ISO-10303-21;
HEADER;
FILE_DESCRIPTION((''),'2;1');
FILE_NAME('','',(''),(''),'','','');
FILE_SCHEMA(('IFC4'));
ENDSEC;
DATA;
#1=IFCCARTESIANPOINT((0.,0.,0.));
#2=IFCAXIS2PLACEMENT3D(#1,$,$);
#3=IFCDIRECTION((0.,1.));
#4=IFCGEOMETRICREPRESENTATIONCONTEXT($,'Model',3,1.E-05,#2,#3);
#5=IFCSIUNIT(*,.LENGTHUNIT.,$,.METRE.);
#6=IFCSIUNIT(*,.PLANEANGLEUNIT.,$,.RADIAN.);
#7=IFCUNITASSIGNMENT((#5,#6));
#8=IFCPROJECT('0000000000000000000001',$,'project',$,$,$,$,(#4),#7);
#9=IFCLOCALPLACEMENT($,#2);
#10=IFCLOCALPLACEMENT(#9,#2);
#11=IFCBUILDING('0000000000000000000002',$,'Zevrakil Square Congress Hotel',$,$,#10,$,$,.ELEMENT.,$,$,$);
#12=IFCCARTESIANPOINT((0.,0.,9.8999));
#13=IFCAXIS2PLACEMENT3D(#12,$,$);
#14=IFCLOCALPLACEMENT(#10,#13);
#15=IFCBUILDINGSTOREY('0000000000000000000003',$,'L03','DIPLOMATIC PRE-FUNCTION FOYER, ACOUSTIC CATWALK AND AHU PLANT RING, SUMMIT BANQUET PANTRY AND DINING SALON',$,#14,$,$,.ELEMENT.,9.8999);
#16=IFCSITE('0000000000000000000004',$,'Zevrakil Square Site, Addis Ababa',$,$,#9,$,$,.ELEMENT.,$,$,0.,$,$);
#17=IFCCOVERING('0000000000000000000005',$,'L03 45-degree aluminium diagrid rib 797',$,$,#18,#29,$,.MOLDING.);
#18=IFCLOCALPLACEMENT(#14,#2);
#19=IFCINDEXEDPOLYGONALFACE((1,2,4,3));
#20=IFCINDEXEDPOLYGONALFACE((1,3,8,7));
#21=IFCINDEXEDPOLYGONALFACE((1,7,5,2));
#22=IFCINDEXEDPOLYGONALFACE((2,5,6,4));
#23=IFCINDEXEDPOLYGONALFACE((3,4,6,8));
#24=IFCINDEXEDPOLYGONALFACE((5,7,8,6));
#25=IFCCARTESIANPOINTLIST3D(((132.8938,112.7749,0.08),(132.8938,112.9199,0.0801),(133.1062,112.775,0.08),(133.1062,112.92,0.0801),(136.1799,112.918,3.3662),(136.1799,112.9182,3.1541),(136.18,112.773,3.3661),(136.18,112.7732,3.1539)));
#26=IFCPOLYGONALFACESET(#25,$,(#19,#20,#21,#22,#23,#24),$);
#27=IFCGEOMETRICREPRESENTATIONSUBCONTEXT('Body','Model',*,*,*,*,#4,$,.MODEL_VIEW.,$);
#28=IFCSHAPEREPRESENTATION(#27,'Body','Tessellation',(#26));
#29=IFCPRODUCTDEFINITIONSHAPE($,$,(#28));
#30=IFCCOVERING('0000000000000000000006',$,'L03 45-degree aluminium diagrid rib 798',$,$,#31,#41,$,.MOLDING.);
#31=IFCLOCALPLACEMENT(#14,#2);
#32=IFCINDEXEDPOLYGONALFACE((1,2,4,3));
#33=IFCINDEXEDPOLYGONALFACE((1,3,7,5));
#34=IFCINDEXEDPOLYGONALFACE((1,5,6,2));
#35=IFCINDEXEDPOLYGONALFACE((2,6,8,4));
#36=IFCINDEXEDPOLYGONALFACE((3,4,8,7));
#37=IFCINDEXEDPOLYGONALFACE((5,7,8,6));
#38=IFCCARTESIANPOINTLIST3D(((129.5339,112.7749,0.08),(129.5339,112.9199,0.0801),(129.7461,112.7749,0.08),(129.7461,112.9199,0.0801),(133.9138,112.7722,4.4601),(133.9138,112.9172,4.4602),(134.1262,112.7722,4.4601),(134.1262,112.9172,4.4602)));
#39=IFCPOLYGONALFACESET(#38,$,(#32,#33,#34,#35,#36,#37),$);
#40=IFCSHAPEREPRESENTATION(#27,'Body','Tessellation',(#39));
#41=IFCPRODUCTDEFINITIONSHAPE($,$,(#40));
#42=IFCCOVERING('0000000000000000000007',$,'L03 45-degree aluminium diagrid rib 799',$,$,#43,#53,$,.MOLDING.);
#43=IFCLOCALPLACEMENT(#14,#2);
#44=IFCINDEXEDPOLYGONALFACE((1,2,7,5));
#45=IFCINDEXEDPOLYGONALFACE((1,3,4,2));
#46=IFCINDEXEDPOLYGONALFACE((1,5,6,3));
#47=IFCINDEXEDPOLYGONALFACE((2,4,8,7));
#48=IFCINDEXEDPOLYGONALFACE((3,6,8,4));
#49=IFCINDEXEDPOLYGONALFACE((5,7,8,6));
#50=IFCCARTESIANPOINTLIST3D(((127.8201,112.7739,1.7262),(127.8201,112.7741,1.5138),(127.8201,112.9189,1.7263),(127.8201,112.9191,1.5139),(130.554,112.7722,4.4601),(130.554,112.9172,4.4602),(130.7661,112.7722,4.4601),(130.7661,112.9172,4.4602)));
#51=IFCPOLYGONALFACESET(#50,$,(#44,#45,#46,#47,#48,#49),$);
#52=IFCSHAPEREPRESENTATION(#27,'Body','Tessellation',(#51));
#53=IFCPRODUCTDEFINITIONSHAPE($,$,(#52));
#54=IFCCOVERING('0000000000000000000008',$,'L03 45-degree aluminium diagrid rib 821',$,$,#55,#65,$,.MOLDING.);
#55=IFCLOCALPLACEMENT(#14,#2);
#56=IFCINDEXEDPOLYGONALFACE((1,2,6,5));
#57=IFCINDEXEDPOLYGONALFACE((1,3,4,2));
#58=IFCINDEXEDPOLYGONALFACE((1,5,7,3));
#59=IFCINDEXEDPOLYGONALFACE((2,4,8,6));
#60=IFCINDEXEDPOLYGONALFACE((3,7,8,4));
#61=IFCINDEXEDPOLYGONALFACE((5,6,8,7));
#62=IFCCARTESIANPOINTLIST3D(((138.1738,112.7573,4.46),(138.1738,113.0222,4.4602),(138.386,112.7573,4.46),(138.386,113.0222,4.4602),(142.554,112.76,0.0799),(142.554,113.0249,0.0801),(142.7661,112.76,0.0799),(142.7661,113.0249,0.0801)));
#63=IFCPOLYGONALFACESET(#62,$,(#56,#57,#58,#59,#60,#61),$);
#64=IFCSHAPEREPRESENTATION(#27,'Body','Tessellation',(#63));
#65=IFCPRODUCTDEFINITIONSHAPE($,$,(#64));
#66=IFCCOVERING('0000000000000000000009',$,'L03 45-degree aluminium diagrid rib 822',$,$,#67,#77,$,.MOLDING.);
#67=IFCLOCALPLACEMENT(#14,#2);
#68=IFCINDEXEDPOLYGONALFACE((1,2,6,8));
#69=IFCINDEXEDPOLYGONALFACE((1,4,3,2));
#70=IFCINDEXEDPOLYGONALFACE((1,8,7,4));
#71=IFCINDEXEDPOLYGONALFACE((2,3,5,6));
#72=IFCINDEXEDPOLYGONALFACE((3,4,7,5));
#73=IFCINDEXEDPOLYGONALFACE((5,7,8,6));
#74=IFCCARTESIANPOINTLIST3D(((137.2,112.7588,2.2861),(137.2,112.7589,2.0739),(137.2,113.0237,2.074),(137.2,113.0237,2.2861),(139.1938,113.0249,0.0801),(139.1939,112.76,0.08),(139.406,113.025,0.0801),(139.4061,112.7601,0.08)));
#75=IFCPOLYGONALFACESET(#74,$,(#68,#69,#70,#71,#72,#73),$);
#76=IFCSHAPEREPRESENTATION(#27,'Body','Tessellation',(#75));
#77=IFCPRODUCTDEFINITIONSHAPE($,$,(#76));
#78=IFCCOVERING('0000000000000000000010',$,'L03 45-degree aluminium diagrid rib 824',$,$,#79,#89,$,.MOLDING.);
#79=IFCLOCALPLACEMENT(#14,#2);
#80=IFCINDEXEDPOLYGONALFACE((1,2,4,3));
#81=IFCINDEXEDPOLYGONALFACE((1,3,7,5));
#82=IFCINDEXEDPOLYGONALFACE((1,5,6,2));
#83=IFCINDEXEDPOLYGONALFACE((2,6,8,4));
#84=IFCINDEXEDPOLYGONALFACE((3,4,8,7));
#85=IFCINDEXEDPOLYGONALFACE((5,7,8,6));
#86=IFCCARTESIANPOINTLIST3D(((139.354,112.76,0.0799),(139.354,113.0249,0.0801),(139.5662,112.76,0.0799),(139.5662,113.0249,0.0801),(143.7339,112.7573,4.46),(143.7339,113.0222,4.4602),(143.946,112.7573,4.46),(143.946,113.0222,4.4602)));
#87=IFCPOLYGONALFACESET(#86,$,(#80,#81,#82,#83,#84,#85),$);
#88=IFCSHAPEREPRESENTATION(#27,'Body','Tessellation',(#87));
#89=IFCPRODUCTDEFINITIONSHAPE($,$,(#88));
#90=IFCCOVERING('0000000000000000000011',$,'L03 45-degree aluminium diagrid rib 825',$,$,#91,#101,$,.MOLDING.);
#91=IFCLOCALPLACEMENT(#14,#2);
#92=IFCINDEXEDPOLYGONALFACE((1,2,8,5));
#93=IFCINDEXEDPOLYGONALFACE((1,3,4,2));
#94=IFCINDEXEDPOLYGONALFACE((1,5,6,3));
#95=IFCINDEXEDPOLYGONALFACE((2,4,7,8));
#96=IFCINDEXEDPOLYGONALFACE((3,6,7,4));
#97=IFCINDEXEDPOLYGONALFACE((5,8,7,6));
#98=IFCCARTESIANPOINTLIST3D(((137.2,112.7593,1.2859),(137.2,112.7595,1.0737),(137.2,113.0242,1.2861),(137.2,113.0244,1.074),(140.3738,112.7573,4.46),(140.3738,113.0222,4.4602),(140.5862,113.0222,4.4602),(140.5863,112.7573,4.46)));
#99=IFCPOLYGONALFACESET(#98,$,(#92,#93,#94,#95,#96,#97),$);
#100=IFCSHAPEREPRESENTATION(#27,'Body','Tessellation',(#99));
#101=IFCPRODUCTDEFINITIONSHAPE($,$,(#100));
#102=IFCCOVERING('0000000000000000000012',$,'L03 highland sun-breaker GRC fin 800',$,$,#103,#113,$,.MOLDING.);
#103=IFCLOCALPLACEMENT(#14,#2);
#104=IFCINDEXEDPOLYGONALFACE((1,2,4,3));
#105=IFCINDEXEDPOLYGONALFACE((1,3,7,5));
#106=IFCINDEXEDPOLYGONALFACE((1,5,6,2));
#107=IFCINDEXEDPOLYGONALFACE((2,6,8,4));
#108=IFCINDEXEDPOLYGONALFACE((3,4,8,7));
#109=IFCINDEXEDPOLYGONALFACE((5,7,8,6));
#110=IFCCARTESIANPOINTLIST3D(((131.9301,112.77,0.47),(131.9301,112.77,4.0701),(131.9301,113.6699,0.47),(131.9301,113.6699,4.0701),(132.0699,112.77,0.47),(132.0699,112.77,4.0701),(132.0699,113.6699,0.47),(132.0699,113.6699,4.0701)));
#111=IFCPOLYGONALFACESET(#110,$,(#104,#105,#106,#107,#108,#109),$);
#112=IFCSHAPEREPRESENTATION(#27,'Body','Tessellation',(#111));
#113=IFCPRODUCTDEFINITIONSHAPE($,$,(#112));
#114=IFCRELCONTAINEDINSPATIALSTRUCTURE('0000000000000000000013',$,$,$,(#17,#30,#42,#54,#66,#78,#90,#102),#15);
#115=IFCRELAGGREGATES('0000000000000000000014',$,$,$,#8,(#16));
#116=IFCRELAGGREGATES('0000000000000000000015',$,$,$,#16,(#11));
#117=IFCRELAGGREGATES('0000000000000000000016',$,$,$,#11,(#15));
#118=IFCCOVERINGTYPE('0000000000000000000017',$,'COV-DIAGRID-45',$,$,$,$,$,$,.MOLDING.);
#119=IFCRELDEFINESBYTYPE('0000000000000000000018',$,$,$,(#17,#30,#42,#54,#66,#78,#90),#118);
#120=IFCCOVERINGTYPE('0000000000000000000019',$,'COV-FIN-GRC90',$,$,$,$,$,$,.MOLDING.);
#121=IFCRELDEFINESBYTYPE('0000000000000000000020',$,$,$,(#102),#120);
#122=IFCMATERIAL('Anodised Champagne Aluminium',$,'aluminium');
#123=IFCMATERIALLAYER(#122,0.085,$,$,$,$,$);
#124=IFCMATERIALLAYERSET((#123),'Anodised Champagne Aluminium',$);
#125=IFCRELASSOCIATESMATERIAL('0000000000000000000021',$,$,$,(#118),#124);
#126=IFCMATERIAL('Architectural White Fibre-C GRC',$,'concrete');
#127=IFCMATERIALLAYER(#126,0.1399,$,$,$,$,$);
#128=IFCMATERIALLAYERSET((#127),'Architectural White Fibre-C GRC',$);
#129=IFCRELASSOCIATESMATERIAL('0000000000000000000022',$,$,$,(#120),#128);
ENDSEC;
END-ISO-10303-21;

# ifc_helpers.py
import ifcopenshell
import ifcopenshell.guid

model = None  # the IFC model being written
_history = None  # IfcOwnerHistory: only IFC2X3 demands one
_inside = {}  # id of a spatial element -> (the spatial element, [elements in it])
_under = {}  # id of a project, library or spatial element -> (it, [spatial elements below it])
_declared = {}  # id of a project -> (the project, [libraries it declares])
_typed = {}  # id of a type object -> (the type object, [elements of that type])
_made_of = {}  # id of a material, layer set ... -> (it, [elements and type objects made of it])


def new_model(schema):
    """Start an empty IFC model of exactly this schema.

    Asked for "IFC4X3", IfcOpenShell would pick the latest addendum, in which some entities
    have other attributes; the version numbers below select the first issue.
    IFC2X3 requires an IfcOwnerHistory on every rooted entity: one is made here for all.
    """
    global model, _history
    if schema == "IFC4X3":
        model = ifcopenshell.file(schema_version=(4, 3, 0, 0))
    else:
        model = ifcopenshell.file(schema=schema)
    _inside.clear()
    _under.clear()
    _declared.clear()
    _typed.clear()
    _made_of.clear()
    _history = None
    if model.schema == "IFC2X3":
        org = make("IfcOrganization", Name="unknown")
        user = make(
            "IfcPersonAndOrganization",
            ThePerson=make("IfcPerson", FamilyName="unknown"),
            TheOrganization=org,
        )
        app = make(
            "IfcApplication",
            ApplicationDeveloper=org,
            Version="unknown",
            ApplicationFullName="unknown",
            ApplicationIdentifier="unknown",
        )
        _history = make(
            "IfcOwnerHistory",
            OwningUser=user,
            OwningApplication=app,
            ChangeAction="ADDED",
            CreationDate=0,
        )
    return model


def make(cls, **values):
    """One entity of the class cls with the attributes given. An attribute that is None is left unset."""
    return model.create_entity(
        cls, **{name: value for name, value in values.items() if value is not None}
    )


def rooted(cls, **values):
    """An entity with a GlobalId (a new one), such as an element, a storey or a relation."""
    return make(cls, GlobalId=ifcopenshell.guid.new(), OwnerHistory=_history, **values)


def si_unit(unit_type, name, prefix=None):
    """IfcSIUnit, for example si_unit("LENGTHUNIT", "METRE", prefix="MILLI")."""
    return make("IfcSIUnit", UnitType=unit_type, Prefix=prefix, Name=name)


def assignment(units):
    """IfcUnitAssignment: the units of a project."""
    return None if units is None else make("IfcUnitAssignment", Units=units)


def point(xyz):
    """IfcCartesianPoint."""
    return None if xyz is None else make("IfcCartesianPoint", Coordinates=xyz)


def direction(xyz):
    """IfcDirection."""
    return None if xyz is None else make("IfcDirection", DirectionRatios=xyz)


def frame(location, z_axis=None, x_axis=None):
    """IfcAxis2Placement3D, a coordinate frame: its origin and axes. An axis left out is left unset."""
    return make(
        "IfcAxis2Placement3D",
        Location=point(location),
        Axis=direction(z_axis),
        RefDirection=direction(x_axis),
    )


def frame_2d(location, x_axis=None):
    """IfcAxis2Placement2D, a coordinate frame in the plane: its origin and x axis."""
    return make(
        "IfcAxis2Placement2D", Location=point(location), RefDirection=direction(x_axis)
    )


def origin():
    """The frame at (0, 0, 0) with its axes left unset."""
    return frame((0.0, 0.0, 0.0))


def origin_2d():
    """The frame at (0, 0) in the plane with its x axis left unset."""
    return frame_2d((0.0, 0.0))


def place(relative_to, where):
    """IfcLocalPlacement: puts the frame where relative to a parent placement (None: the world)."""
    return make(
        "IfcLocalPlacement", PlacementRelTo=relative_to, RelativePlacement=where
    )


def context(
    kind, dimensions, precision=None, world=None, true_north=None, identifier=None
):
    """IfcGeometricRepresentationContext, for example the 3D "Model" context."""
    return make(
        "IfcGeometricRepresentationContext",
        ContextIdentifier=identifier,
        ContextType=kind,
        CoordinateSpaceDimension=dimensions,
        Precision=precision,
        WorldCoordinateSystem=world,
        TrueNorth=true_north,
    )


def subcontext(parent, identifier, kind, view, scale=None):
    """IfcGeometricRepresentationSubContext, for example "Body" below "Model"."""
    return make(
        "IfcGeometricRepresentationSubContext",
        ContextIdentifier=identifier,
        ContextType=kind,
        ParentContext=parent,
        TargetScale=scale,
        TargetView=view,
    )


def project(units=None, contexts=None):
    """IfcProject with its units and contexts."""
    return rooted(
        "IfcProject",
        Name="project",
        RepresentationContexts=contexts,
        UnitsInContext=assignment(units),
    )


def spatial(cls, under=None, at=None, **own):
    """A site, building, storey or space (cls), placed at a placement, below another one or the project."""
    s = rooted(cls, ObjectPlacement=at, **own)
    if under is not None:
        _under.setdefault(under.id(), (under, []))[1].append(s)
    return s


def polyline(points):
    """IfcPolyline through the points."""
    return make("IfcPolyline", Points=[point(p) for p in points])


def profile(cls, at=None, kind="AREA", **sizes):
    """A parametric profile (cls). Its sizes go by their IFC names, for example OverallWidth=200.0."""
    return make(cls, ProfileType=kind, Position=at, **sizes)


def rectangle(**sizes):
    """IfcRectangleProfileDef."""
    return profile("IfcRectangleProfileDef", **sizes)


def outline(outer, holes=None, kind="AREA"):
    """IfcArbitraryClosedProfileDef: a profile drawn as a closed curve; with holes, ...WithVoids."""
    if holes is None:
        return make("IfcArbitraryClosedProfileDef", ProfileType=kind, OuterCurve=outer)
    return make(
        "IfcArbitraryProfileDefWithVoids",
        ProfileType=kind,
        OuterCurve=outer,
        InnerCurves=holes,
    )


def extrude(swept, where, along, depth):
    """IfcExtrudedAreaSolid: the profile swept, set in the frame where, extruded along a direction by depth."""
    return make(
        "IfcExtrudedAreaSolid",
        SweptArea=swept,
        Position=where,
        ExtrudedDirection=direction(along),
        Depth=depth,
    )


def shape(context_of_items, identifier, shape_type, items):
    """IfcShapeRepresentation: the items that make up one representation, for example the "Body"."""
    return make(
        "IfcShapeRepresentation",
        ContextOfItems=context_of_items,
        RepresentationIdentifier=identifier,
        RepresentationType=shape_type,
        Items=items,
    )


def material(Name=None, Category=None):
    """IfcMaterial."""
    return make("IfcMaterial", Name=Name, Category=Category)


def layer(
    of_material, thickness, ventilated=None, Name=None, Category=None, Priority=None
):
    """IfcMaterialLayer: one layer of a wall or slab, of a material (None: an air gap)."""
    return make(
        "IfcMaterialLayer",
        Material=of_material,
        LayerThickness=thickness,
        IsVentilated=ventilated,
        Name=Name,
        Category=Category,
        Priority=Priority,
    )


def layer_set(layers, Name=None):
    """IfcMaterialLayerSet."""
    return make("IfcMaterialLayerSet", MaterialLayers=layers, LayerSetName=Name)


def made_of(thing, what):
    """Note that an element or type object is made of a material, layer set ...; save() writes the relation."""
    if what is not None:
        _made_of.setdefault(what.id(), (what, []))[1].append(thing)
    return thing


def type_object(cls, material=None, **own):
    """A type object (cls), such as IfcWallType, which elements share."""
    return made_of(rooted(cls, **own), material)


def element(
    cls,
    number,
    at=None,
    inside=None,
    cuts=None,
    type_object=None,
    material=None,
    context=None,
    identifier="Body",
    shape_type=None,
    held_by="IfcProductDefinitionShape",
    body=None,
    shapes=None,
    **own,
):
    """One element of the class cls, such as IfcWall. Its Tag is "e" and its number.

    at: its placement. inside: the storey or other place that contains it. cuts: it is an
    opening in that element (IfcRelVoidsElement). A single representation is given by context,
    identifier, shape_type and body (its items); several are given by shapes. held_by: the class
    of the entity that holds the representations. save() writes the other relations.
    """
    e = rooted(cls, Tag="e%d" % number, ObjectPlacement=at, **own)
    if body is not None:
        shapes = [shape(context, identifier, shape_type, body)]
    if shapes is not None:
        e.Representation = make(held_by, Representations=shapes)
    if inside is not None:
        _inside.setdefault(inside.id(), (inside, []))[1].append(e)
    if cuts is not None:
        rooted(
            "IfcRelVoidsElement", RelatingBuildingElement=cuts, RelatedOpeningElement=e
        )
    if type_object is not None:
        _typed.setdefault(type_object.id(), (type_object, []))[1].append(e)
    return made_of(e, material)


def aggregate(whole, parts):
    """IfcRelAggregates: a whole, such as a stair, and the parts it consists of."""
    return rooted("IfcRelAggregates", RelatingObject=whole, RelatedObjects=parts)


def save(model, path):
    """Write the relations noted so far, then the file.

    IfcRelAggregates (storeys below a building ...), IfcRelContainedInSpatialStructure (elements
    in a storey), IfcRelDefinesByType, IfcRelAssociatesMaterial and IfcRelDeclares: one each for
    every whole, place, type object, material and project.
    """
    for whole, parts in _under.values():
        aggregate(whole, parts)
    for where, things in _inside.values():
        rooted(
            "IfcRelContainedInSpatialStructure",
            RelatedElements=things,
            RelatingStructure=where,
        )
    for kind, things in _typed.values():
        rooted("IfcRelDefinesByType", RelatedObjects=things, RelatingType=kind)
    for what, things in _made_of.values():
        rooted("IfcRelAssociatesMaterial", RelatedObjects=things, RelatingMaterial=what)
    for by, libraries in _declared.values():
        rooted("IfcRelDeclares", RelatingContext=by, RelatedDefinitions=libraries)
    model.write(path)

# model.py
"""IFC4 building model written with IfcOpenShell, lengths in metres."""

from ifc_helpers import new_model, si_unit, direction, frame, origin, origin_2d, place, context, subcontext, project, spatial, polyline, rectangle, outline, extrude, material, layer, layer_set, type_object, element, save


model = new_model("IFC4")

# Units and contexts
model_context = context("Model", 3, precision=1e-05, world=origin(), true_north=direction((0.0, 1.0)))
body_context = subcontext(model_context, "Body", "Model", "MODEL_VIEW")
ifc_project = project(units=[si_unit("LENGTHUNIT", "METRE"), si_unit("PLANEANGLEUNIT", "RADIAN")], contexts=[model_context])

# Site, building, storey
site_placement = place(None, origin())
site = spatial("IfcSite", under=ifc_project, at=site_placement, Name="Zevrakil Square Site, Addis Ababa", CompositionType="ELEMENT", RefElevation=0.0)
building_placement = place(site_placement, origin())
building = spatial("IfcBuilding", under=site, at=building_placement, Name="Zevrakil Square Congress Hotel", CompositionType="ELEMENT")
storey_placement = place(building_placement, frame((0.0, 0.0, 9.8999)))
storey = spatial("IfcBuildingStorey", under=building, at=storey_placement, Name="L03", Description="DIPLOMATIC PRE-FUNCTION FOYER, ACOUSTIC CATWALK AND AHU PLANT RING, SUMMIT BANQUET PANTRY AND DINING SALON", CompositionType="ELEMENT", Elevation=9.8999)

# Coverings
ifc_material_1 = material(Name="Anodised Champagne Aluminium", Category="aluminium")
ifc_layer_1 = layer(ifc_material_1, 0.085)
ifc_layer_set_1 = layer_set([ifc_layer_1], Name="Anodised Champagne Aluminium")
covering_type_1 = type_object("IfcCoveringType", Name="COV-DIAGRID-45", PredefinedType="MOLDING", material=ifc_layer_set_1)
covering_1_placement = place(storey_placement, frame((136.1799, 112.9182, 3.1541), z_axis=(-0.000287, 1.0, 0.000863), x_axis=(0.0, -0.000863, 1.0)))
element("IfcCovering", 1, at=covering_1_placement, inside=storey, type_object=covering_type_1, Name="L03 45-degree aluminium diagrid rib 797", PredefinedType="MOLDING", context=body_context, shape_type="SweptSolid", body=[
    extrude(outline(polyline([(0.0, 0.0), (0.2122, 0.0), (-3.074, -3.2861), (-3.074, -3.0737), (0.0, 0.0)])), origin(), (0.0, 0.0, -1.0), 0.145),
])
covering_2_placement = place(storey_placement, frame((134.1262, 112.9172, 4.4602), z_axis=(0.0, 1.0, 0.000613), x_axis=(-1.0, 0.0, 0.0)))
element("IfcCovering", 2, at=covering_2_placement, inside=storey, type_object=covering_type_1, Name="L03 45-degree aluminium diagrid rib 798", PredefinedType="MOLDING", context=body_context, shape_type="SweptSolid", body=[
    extrude(outline(polyline([(0.0, 0.0), (0.2124, 0.0), (4.5923, -4.3801), (4.3801, -4.3801), (0.0, 0.0)])), origin(), (0.0, 0.0, -1.0), 0.145),
])
covering_3_placement = place(storey_placement, frame((130.7661, 112.9172, 4.4602), z_axis=(-0.000253, 1.0, 0.000897), x_axis=(-1.0, -0.000253, 0.0)))
element("IfcCovering", 3, at=covering_3_placement, inside=storey, type_object=covering_type_1, Name="L03 45-degree aluminium diagrid rib 799", PredefinedType="MOLDING", context=body_context, shape_type="SweptSolid", body=[
    extrude(outline(polyline([(0.0, 0.0), (0.2122, 0.0), (2.946, -2.7339), (2.946, -2.9463), (0.0, 0.0)])), origin(), (0.0, 0.0, -1.0), 0.145),
])
covering_4_placement = place(storey_placement, frame((142.554, 113.0249, 0.0801), z_axis=(0.0, 1.0, 0.000613), x_axis=(1.0, 0.0, 0.0)))
element("IfcCovering", 4, at=covering_4_placement, inside=storey, type_object=covering_type_1, Name="L03 45-degree aluminium diagrid rib 821", PredefinedType="MOLDING", context=body_context, shape_type="SweptSolid", body=[
    extrude(outline(polyline([(0.0, 0.0), (0.2122, 0.0), (-4.168, -4.3801), (-4.3801, -4.3801), (0.0, 0.0)])), origin(), (0.0, 0.0, -1.0), 0.2649),
])
covering_5_placement = place(storey_placement, frame((139.1938, 113.0249, 0.0801), z_axis=(-0.000291, 1.0, 0.000291), x_axis=(1.0, 0.000291, 0.0)))
element("IfcCovering", 5, at=covering_5_placement, inside=storey, type_object=covering_type_1, Name="L03 45-degree aluminium diagrid rib 822", PredefinedType="MOLDING", context=body_context, shape_type="SweptSolid", body=[
    extrude(outline(polyline([(0.0, 0.0), (0.2122, 0.0), (-1.9939, -2.2061), (-1.9939, -1.9939), (0.0, 0.0)])), origin(), (0.0, 0.0, -1.0), 0.2649),
])
covering_6_placement = place(storey_placement, frame((143.946, 113.0222, 4.4602), z_axis=(0.0, 1.0, 0.000613), x_axis=(-1.0, 0.0, 0.0)))
element("IfcCovering", 6, at=covering_6_placement, inside=storey, type_object=covering_type_1, Name="L03 45-degree aluminium diagrid rib 824", PredefinedType="MOLDING", context=body_context, shape_type="SweptSolid", body=[
    extrude(outline(polyline([(0.0, 0.0), (0.2122, 0.0), (4.592, -4.3801), (4.3799, -4.3801), (0.0, 0.0)])), origin(), (0.0, 0.0, -1.0), 0.2649),
])
covering_7_placement = place(storey_placement, frame((140.5862, 113.0222, 4.4602), z_axis=(-0.000259, 1.0, 0.000892), x_axis=(-1.0, -0.000259, 0.0)))
element("IfcCovering", 7, at=covering_7_placement, inside=storey, type_object=covering_type_1, Name="L03 45-degree aluminium diagrid rib 825", PredefinedType="MOLDING", context=body_context, shape_type="SweptSolid", body=[
    extrude(outline(polyline([(0.0, 0.0), (0.2124, 0.0), (3.3862, -3.1741), (3.3862, -3.3862), (0.0, 0.0)])), origin(), (0.0, 0.0, -1.0), 0.2649),
])
ifc_material_2 = material(Name="Architectural White Fibre-C GRC", Category="concrete")
ifc_layer_2 = layer(ifc_material_2, 0.1399)
ifc_layer_set_2 = layer_set([ifc_layer_2], Name="Architectural White Fibre-C GRC")
covering_type_2 = type_object("IfcCoveringType", Name="COV-FIN-GRC90", PredefinedType="MOLDING", material=ifc_layer_set_2)
covering_8_placement = place(storey_placement, frame((132.0, 113.22, 0.47), z_axis=(0.0, 0.0, 1.0), x_axis=(0.0, 1.0, 0.0)))
element("IfcCovering", 8, at=covering_8_placement, inside=storey, type_object=covering_type_2, Name="L03 highland sun-breaker GRC fin 800", PredefinedType="MOLDING", context=body_context, shape_type="SweptSolid", body=[
    extrude(rectangle(XDim=0.8999, YDim=0.1399, at=origin_2d()), origin(), (0.0, 0.0, 1.0), 3.6001),
])

save(model, "model.ifc")
